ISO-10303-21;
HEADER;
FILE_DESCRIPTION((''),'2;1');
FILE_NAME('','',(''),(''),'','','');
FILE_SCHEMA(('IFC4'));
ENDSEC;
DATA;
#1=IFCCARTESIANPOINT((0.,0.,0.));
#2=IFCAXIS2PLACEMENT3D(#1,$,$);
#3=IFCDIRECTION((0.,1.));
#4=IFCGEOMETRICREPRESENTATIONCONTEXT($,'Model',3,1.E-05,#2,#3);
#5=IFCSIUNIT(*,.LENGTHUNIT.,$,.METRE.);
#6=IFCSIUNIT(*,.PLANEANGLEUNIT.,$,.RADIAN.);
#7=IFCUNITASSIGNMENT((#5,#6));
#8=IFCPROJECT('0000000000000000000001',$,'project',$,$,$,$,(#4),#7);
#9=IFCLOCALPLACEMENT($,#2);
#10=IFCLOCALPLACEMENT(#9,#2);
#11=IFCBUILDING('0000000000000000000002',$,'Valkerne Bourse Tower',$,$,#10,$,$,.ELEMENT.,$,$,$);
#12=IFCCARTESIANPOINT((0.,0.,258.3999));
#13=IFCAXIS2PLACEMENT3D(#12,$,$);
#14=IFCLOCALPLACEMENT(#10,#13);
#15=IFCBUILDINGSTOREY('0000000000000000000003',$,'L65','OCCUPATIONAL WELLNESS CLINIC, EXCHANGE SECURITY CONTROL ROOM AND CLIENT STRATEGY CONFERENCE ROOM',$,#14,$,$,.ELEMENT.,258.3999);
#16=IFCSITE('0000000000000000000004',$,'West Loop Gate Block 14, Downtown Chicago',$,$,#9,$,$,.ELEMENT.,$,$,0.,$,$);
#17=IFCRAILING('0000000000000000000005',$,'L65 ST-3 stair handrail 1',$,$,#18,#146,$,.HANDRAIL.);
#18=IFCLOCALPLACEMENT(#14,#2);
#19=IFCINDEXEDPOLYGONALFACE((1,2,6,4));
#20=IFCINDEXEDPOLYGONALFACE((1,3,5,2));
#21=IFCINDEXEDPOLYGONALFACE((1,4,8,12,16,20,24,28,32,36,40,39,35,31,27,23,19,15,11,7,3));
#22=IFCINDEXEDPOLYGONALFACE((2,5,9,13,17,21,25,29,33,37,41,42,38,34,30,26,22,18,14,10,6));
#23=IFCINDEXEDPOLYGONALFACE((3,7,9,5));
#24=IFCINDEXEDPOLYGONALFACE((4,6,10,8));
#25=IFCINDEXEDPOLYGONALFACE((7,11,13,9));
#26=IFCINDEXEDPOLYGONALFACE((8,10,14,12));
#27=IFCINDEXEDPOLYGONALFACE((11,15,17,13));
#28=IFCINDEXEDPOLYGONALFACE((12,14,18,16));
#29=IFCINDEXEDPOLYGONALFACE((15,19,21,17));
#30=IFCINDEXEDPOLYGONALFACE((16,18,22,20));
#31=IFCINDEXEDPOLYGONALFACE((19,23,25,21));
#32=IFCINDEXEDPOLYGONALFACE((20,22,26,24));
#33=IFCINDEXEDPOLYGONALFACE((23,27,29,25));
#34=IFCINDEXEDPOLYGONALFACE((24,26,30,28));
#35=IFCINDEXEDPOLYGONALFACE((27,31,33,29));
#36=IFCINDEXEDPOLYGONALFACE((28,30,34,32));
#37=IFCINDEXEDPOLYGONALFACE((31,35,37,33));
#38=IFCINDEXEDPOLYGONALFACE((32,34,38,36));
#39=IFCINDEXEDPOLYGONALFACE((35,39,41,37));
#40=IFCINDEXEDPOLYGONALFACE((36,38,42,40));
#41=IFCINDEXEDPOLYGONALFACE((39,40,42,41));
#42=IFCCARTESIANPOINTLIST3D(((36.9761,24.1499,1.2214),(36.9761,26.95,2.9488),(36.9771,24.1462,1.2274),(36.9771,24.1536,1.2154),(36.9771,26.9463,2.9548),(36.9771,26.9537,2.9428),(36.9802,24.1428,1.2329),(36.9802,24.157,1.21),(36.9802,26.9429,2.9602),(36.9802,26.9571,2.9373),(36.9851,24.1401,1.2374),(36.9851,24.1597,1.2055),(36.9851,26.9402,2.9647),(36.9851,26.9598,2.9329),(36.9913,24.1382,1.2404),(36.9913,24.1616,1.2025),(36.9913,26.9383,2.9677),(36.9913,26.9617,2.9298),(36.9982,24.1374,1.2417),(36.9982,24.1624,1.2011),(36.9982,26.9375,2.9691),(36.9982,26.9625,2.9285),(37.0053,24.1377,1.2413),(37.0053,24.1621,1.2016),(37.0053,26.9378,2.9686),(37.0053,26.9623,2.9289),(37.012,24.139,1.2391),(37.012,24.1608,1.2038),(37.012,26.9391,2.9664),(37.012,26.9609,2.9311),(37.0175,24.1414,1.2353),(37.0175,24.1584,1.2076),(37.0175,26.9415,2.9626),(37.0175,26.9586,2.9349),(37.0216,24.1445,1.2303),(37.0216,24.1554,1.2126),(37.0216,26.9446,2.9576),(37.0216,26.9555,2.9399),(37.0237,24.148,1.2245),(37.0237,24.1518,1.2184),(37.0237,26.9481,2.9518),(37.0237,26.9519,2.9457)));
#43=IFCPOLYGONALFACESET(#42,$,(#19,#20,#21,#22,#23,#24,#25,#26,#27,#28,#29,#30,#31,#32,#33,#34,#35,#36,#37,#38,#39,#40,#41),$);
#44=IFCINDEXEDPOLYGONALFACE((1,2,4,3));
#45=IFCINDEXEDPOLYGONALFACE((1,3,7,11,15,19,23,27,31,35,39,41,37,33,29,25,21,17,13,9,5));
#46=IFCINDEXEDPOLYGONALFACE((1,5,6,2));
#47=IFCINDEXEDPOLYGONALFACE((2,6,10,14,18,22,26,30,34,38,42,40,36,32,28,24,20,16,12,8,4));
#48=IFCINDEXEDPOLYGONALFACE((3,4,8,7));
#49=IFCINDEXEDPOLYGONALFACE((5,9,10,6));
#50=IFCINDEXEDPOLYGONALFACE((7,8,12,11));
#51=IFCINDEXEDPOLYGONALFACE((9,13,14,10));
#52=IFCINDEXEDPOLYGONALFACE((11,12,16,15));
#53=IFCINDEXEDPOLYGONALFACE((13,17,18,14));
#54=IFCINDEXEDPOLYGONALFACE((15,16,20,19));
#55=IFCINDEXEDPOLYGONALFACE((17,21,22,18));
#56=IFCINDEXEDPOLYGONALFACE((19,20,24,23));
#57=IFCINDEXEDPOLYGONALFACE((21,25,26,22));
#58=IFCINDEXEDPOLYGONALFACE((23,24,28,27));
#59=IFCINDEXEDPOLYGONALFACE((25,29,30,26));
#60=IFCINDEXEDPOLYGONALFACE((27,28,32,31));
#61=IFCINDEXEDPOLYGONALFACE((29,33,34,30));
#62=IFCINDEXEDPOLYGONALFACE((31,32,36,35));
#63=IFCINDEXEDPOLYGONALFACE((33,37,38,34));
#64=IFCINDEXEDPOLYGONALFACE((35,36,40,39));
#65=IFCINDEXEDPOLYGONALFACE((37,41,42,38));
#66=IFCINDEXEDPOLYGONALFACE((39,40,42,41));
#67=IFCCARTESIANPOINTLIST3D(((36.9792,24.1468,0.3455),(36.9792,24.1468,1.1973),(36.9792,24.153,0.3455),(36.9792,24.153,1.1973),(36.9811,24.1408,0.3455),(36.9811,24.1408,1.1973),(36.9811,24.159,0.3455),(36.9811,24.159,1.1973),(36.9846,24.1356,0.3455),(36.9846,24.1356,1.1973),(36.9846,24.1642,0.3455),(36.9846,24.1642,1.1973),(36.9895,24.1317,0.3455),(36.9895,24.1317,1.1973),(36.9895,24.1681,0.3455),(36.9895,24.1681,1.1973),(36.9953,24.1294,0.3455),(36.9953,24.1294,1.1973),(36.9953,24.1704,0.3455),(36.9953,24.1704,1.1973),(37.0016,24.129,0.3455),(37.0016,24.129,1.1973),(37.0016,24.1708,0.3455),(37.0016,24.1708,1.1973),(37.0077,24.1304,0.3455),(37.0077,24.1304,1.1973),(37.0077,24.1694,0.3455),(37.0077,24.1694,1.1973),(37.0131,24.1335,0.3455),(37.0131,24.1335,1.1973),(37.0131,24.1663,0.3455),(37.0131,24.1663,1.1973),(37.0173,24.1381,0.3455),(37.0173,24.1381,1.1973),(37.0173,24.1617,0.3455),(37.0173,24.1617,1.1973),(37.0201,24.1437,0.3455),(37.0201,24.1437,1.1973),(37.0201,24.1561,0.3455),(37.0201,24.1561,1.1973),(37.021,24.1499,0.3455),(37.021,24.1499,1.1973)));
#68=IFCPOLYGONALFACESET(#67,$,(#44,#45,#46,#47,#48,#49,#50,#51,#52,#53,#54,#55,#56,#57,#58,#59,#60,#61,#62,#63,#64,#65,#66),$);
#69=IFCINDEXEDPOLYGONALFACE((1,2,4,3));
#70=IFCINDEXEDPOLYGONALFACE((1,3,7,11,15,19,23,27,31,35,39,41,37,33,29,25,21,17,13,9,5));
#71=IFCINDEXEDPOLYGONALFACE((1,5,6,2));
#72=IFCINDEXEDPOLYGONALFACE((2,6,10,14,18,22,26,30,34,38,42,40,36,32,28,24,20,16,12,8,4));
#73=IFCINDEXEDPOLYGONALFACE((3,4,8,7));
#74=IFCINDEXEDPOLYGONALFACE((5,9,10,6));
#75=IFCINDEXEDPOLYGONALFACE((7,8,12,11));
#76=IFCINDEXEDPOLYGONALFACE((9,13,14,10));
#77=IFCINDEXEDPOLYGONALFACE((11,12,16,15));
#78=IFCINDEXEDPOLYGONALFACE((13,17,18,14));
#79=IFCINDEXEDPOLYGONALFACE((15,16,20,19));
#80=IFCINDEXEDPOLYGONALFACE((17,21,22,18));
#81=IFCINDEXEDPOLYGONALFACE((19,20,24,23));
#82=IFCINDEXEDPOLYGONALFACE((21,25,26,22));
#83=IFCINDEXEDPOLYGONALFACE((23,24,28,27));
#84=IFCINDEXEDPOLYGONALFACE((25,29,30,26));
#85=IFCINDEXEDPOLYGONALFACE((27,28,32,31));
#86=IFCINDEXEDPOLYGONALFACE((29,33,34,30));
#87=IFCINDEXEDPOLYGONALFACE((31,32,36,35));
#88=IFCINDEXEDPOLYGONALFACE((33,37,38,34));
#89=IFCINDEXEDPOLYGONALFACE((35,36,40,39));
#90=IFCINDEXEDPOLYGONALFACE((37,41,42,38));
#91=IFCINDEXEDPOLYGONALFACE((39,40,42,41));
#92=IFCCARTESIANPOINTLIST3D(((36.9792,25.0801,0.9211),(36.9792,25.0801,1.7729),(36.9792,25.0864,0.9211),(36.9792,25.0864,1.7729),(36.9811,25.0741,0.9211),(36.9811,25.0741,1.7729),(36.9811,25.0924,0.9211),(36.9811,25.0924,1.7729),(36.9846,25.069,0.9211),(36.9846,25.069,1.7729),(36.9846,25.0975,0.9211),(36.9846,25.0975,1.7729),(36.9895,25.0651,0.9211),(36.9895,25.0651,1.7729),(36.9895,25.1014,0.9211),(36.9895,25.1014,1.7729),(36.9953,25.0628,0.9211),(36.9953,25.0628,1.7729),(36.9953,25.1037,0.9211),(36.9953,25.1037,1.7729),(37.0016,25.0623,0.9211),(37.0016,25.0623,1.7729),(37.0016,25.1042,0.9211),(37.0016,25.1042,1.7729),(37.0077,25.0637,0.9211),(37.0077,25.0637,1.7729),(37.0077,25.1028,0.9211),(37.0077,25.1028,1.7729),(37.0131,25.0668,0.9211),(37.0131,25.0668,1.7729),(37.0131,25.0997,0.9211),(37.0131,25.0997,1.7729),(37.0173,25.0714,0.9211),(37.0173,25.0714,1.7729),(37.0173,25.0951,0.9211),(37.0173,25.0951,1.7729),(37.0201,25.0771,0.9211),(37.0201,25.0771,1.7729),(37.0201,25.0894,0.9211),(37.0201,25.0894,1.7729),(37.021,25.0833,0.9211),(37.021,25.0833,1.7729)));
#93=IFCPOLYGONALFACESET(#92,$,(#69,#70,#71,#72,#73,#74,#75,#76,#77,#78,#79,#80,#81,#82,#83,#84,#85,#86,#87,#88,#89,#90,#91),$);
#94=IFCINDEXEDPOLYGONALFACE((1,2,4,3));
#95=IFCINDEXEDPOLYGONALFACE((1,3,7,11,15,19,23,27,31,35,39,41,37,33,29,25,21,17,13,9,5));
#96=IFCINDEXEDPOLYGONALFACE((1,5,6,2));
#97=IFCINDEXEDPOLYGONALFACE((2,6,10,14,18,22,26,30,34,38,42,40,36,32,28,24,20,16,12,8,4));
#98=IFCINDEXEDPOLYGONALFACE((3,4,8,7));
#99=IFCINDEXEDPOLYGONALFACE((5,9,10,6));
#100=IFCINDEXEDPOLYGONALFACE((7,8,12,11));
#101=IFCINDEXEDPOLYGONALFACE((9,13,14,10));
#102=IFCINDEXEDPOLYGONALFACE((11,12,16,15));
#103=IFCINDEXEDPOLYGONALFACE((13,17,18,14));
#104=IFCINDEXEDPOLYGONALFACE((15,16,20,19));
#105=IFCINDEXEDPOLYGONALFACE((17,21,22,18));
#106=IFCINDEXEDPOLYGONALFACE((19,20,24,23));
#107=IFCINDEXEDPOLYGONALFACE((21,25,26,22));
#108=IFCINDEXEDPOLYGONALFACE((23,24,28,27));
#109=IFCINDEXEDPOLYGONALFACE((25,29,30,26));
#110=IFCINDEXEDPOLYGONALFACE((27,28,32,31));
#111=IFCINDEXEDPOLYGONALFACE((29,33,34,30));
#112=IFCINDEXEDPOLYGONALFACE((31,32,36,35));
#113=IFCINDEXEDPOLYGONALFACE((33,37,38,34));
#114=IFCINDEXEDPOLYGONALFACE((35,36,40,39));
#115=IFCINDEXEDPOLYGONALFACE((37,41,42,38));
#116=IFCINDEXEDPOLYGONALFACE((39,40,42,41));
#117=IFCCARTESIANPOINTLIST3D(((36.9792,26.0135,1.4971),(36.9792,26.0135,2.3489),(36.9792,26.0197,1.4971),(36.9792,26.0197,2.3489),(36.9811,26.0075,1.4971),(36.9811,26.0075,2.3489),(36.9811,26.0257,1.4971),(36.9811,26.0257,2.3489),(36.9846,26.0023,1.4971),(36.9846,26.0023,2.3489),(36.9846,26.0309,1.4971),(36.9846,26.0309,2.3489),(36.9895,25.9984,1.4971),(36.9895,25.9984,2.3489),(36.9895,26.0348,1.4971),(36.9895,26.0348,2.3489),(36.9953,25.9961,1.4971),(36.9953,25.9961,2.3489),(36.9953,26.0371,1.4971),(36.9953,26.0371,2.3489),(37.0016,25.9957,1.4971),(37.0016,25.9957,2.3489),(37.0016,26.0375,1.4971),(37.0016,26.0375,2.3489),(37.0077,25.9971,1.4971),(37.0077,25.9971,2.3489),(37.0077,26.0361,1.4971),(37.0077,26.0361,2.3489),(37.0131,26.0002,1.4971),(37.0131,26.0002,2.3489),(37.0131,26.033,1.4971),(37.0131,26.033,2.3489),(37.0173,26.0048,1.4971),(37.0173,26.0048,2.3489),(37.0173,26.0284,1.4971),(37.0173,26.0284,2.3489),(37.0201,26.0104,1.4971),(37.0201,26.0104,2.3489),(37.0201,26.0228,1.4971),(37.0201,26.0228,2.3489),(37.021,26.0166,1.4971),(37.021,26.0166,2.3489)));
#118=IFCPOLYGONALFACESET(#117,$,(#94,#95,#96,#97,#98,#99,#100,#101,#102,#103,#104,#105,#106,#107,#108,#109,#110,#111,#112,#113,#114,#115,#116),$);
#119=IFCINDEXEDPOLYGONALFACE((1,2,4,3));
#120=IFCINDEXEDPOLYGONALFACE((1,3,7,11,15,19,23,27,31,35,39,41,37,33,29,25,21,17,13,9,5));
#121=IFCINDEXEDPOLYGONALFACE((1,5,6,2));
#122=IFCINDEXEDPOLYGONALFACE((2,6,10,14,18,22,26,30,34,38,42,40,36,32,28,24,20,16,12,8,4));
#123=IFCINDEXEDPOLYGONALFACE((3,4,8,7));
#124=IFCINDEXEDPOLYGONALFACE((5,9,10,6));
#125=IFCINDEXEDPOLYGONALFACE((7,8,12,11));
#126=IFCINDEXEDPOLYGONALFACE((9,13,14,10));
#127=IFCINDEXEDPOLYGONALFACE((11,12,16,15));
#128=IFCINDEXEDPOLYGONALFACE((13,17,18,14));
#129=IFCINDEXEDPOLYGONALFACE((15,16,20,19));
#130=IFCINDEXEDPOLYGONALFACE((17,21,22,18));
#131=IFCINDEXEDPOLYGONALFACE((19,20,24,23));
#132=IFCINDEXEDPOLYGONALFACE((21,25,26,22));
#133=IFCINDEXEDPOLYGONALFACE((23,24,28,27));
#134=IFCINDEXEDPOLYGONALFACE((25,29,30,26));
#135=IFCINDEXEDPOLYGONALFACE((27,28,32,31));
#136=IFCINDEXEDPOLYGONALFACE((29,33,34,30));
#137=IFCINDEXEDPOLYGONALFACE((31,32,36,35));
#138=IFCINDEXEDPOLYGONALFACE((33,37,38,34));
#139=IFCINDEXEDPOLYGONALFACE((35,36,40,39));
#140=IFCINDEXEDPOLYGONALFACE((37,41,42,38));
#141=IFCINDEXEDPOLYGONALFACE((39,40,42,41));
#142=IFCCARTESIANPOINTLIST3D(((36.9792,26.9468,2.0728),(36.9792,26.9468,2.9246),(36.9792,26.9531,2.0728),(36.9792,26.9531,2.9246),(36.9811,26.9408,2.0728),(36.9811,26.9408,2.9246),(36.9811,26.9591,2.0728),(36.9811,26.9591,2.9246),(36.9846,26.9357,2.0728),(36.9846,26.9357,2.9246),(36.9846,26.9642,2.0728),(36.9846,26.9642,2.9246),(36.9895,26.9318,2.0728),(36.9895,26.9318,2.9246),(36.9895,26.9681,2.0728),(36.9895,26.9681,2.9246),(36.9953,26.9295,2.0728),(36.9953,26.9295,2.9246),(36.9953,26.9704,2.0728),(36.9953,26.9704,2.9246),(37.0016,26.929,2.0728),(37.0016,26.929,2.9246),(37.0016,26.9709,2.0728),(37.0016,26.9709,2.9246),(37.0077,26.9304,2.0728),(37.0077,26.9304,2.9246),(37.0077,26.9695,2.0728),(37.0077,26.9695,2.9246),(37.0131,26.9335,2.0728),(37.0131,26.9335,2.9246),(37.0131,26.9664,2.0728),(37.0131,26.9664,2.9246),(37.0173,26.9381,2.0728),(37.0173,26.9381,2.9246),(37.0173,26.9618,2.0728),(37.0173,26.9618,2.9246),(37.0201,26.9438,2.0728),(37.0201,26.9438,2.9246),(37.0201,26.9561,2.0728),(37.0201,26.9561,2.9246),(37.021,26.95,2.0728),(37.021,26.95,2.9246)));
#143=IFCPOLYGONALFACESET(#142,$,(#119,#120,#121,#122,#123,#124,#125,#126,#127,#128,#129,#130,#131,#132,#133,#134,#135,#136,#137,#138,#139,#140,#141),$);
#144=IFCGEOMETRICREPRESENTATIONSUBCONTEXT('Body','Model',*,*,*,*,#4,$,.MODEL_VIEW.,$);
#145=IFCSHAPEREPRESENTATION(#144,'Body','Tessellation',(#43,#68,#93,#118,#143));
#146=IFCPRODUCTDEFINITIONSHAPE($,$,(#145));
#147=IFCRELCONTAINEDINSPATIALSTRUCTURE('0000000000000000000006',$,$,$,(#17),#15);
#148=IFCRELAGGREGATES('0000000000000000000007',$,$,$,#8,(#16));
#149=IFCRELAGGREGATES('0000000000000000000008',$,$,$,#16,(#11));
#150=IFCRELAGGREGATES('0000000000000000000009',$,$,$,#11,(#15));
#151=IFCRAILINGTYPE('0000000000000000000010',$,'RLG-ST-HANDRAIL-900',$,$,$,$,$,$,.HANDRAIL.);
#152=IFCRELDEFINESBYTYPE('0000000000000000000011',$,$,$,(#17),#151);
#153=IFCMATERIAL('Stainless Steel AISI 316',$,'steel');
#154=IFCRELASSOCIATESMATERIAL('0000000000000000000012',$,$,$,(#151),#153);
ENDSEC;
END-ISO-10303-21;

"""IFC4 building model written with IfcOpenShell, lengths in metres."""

from ifc_helpers import new_model, si_unit, direction, frame, origin, origin_2d, place, context, subcontext, project, spatial, circle, extrude, material, type_object, element, save


model = new_model("IFC4")

# Units and contexts
model_context = context("Model", 3, precision=1e-05, world=origin(), true_north=direction((0.0, 1.0)))
body_context = subcontext(model_context, "Body", "Model", "MODEL_VIEW")
ifc_project = project(units=[si_unit("LENGTHUNIT", "METRE"), si_unit("PLANEANGLEUNIT", "RADIAN")], contexts=[model_context])

# Site, building, storey
site_placement = place(None, origin())
site = spatial("IfcSite", under=ifc_project, at=site_placement, Name="West Loop Gate Block 14, Downtown Chicago", CompositionType="ELEMENT", RefElevation=0.0)
building_placement = place(site_placement, origin())
building = spatial("IfcBuilding", under=site, at=building_placement, Name="Valkerne Bourse Tower", CompositionType="ELEMENT")
storey_placement = place(building_placement, frame((0.0, 0.0, 258.3999)))
storey = spatial("IfcBuildingStorey", under=building, at=storey_placement, Name="L65", Description="OCCUPATIONAL WELLNESS CLINIC, EXCHANGE SECURITY CONTROL ROOM AND CLIENT STRATEGY CONFERENCE ROOM", CompositionType="ELEMENT", Elevation=258.3999)

# Shared definitions
ifc_material_1 = material(Name="Stainless Steel AISI 316", Category="steel")

# Railing
railing_type_1 = type_object("IfcRailingType", Name="RLG-ST-HANDRAIL-900", PredefinedType="HANDRAIL", material=ifc_material_1)
railing_1_placement = place(storey_placement, frame((37.0, 24.1499, 0.3455)))
element("IfcRailing", 1, at=railing_1_placement, inside=storey, type_object=railing_type_1, Name="L65 ST-3 stair handrail 1", PredefinedType="HANDRAIL", context=body_context, shape_type="SweptSolid", body=[
    extrude(circle(Radius=0.0239, at=origin_2d()), frame((0.0, 0.0, 0.876), z_axis=(0.0, 0.85109, 0.52502), x_axis=(-1.0, 0.0, 0.0)), (0.0, 0.0, 1.0), 3.29),
    extrude(circle(Radius=0.021, at=origin_2d()), origin(), (0.0, 0.0, 1.0), 0.8518),
    extrude(circle(Radius=0.021, at=origin_2d()), frame((0.0, 0.9333, 0.5757)), (0.0, 0.0, 1.0), 0.8518),
    extrude(circle(Radius=0.021, at=origin_2d()), frame((0.0, 1.8667, 1.1516)), (0.0, 0.0, 1.0), 0.8518),
    extrude(circle(Radius=0.021, at=origin_2d()), frame((0.0, 2.8, 1.7273)), (0.0, 0.0, 1.0), 0.8518),
])

save(model, "model.ifc")
